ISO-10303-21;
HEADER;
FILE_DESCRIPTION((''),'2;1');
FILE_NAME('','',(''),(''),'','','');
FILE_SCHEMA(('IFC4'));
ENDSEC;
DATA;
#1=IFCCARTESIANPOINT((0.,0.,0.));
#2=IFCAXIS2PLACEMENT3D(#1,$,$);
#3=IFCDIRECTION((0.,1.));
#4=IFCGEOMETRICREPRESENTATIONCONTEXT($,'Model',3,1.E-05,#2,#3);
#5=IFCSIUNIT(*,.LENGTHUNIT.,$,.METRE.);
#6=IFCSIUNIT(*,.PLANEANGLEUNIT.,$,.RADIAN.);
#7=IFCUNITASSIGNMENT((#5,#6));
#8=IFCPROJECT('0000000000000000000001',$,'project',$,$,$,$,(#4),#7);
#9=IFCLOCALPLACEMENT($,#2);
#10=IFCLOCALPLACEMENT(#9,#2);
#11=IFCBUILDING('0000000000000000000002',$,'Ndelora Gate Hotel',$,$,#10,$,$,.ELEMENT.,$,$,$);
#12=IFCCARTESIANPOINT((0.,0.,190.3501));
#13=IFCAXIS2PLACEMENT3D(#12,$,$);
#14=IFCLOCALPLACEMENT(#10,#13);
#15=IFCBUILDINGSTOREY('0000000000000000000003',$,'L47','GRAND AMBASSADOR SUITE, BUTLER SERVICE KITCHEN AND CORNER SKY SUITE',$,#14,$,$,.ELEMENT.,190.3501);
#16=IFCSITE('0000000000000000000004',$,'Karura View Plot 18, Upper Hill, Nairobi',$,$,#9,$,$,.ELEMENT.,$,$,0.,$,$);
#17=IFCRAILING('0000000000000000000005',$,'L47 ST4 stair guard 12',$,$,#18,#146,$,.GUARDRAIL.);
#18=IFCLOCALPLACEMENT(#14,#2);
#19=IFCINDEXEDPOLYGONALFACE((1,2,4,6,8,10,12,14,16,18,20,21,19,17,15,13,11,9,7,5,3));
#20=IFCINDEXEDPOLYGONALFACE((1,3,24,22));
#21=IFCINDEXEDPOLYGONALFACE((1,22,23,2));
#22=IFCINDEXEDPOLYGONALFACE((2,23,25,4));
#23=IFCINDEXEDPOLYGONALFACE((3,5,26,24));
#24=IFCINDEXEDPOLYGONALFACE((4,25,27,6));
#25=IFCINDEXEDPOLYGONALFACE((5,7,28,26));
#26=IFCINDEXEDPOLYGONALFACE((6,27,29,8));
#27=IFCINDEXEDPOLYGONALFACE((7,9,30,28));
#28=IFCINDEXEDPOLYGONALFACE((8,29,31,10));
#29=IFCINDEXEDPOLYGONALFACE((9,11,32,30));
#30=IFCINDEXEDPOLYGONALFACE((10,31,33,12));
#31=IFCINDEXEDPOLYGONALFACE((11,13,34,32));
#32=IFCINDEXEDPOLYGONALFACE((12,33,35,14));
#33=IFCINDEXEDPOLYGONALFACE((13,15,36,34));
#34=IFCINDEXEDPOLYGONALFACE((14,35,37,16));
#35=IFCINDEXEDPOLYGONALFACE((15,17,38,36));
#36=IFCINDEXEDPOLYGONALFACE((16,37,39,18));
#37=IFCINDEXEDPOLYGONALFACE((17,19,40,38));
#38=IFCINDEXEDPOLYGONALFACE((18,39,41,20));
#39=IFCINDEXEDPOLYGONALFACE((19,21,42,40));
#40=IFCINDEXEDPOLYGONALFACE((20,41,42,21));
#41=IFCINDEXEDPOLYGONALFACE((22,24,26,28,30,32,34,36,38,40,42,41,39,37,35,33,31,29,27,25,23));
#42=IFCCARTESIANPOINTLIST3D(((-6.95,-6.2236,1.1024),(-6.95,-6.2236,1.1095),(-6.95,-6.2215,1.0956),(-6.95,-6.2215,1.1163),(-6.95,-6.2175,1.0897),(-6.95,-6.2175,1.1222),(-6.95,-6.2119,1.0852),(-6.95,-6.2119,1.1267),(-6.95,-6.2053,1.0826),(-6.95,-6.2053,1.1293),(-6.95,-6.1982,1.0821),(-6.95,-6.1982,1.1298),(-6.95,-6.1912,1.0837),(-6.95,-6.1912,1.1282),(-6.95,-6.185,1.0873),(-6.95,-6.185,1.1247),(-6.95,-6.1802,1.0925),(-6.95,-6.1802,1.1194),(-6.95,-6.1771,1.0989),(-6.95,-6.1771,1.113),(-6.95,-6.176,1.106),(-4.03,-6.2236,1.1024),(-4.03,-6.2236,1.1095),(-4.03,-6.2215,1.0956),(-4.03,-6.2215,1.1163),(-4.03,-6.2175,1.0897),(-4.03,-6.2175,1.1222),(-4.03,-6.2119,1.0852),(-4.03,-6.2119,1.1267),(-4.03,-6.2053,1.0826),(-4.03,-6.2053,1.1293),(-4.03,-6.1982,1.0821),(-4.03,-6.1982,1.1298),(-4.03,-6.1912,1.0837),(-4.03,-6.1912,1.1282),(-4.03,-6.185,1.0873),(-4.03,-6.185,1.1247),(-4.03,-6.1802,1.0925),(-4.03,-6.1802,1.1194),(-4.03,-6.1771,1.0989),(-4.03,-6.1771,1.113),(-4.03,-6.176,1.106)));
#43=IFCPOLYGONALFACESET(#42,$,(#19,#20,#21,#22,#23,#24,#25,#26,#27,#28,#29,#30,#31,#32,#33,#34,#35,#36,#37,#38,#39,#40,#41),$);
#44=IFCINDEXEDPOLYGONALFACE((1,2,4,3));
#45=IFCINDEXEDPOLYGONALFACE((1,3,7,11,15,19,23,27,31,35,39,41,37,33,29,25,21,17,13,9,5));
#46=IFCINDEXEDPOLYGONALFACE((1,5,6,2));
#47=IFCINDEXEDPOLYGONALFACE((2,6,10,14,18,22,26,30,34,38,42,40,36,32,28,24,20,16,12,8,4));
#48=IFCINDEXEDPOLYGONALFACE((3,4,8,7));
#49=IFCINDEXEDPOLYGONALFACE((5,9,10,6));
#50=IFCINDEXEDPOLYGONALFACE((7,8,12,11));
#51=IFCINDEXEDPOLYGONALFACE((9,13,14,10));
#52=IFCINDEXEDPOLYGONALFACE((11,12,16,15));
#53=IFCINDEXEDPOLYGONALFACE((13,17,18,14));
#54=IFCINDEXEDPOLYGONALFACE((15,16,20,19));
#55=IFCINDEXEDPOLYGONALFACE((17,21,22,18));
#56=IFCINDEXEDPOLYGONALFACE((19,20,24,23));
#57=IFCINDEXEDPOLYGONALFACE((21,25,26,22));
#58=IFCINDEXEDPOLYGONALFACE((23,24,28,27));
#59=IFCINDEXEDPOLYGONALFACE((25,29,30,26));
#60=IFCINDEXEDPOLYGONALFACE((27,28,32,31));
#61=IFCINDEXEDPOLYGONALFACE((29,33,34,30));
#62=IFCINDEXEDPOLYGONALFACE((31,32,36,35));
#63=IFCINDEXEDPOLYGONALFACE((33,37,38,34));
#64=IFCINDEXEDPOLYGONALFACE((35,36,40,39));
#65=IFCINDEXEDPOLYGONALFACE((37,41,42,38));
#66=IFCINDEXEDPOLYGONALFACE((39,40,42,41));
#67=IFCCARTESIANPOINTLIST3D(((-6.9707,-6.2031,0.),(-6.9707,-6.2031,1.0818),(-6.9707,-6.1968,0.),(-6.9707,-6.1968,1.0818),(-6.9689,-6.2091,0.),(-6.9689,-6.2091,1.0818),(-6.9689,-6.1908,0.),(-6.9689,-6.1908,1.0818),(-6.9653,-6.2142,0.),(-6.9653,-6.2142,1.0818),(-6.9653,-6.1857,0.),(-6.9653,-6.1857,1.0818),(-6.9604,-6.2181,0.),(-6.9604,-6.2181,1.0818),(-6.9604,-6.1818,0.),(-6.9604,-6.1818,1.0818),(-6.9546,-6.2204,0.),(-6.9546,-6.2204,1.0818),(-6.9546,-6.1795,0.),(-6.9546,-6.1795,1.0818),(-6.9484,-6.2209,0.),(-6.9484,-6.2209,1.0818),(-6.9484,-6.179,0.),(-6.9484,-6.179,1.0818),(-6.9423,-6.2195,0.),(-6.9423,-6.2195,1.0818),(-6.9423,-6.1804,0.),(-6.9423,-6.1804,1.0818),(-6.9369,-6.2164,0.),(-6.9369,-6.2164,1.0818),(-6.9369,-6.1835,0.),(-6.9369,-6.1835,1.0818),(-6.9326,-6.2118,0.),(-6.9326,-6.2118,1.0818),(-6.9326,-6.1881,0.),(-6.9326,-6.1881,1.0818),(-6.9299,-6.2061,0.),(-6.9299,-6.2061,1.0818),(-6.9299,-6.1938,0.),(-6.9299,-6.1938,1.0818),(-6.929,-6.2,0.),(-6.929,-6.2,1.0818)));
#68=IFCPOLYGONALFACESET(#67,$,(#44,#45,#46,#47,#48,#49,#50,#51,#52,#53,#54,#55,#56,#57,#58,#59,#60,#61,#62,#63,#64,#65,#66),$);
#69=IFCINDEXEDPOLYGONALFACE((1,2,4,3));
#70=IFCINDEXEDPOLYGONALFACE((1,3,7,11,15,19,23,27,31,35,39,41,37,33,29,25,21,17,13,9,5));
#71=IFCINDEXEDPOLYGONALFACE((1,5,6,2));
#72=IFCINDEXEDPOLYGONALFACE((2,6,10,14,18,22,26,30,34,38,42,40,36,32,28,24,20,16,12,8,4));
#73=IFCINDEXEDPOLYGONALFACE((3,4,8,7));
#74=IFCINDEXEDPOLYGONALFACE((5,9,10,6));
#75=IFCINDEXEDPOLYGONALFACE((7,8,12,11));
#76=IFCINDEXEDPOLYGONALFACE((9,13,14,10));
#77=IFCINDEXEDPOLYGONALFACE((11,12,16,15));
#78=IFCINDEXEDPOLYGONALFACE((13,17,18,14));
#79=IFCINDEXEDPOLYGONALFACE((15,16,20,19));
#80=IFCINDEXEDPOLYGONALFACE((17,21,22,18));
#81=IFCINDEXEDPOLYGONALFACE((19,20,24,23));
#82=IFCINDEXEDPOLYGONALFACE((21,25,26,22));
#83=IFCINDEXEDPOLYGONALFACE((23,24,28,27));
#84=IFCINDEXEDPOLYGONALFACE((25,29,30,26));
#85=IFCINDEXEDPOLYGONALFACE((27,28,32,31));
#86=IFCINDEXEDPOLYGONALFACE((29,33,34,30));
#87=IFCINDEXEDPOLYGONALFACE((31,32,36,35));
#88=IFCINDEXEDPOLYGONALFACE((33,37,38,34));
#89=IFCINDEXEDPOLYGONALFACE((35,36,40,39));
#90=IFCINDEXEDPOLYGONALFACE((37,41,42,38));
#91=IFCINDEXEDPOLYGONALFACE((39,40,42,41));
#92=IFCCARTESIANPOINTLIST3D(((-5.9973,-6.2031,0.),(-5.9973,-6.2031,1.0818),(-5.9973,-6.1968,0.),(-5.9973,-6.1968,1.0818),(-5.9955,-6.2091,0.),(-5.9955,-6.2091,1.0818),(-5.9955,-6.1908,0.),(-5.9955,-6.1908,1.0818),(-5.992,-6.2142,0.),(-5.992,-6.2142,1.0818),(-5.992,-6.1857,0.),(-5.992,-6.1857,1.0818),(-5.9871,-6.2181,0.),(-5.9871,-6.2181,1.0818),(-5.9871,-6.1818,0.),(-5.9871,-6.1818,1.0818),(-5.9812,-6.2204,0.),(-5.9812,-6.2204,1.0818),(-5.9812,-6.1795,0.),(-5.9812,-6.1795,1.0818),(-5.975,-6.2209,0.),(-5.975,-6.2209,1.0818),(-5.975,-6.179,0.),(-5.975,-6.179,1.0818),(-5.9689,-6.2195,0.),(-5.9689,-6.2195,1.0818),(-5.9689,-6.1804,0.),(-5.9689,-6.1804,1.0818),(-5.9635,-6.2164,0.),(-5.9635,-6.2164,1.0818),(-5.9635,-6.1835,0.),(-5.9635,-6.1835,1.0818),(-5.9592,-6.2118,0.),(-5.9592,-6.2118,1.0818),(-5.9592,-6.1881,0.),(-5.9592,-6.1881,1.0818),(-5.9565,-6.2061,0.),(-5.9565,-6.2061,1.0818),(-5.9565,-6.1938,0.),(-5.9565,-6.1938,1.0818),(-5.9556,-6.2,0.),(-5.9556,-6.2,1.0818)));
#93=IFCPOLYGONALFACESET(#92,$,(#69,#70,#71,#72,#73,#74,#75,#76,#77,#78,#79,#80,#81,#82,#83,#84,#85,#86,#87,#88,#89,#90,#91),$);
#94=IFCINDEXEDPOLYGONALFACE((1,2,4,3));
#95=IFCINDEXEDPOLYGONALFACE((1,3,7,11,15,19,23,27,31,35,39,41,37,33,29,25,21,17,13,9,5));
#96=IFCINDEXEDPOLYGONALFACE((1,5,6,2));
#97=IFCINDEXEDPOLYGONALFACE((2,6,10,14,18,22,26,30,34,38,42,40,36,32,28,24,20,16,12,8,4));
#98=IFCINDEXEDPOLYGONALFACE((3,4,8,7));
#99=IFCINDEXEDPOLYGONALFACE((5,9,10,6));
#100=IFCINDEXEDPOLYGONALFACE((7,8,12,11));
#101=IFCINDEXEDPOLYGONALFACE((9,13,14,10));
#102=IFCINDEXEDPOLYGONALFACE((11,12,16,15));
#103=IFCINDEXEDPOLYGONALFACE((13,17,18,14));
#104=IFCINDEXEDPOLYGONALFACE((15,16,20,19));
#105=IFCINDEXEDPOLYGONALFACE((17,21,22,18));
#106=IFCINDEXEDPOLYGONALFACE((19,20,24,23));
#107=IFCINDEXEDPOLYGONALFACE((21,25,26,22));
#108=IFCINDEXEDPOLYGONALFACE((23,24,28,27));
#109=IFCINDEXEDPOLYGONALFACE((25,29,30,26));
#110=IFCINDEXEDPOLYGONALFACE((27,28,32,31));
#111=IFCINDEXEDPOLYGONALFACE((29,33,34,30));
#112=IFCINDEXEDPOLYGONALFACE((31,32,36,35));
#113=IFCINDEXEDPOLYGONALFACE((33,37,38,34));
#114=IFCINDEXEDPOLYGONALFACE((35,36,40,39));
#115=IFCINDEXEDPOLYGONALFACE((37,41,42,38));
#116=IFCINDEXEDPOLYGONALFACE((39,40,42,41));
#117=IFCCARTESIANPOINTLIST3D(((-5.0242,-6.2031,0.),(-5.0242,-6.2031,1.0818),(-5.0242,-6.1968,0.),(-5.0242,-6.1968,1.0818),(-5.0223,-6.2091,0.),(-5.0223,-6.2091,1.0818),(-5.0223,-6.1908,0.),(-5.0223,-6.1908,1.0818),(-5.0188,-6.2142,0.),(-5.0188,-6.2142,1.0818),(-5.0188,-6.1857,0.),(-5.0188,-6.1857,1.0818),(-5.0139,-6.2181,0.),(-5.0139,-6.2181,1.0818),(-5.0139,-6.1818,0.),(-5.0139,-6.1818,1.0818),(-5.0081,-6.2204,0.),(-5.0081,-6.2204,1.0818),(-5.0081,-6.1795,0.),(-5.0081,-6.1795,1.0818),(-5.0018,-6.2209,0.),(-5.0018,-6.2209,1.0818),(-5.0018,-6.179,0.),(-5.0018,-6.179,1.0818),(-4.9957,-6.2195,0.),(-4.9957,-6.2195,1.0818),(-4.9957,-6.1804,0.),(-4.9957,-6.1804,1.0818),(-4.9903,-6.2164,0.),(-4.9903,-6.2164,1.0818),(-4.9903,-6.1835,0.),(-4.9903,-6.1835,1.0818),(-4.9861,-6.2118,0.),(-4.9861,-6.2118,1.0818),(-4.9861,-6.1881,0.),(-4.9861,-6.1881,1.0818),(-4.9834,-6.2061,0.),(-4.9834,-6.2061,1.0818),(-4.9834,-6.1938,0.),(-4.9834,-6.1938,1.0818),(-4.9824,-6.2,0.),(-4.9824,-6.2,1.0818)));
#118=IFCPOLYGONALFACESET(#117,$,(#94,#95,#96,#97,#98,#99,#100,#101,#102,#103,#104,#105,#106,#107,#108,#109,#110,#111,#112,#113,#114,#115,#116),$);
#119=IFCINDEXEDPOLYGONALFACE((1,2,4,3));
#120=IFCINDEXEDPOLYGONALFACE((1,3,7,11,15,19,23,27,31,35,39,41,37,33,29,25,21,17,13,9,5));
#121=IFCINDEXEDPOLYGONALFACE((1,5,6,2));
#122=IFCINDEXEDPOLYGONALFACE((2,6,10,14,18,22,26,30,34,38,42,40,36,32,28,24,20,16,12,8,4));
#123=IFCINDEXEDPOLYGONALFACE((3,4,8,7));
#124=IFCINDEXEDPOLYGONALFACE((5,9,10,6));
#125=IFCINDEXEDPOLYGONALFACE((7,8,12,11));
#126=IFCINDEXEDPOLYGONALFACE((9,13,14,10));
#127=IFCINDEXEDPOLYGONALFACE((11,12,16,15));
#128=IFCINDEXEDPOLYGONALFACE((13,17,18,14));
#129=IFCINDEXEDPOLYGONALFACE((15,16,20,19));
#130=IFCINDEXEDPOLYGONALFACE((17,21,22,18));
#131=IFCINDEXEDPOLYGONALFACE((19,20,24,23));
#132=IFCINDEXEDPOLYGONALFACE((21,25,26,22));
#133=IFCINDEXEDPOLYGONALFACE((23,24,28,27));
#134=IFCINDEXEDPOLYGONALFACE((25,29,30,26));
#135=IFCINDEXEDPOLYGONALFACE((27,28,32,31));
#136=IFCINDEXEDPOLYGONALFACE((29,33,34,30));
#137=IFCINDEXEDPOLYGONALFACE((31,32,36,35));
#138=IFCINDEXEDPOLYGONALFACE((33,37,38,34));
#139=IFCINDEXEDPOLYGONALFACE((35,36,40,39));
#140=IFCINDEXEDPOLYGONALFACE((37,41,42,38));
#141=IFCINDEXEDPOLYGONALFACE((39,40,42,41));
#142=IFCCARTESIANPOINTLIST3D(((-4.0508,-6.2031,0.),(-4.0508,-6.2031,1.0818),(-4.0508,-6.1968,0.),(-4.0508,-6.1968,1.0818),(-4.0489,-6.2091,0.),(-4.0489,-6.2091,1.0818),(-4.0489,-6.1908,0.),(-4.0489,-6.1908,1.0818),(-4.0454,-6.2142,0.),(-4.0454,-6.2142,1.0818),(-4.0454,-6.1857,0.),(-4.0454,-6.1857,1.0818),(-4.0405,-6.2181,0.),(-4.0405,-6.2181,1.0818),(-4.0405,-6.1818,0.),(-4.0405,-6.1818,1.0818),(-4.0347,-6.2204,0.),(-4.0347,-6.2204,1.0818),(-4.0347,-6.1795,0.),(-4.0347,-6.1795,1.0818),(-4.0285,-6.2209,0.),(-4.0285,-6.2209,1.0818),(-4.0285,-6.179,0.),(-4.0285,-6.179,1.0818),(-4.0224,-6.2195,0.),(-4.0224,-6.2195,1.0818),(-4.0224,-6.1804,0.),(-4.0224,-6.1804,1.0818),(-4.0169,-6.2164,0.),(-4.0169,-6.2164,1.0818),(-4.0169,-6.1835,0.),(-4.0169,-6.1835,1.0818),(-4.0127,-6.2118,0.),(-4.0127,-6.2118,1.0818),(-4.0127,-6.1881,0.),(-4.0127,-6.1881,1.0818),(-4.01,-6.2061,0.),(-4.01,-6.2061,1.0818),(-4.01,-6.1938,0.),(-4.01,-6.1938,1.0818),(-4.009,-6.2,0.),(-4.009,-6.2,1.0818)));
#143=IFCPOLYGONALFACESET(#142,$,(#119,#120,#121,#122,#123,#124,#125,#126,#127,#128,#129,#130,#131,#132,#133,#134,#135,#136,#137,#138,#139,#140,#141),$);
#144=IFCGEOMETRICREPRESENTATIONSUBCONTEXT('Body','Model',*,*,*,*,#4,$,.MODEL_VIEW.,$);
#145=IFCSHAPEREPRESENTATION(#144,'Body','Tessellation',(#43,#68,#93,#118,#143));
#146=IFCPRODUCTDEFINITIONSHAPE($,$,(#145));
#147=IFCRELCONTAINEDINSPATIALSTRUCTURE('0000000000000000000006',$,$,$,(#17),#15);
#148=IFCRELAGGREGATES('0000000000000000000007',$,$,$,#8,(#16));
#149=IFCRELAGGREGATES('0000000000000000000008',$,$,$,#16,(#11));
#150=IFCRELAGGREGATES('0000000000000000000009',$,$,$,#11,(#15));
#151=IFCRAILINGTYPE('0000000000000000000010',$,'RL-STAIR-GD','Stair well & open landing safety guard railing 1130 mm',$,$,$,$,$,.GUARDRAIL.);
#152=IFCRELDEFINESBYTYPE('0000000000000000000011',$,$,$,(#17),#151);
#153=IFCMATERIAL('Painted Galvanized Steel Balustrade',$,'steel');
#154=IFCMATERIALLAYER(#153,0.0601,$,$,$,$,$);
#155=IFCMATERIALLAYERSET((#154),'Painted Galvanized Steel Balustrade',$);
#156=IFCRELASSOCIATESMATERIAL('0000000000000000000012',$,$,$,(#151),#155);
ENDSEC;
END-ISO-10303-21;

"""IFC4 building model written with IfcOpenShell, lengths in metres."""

from ifc_helpers import new_model, si_unit, direction, frame, origin, origin_2d, place, context, subcontext, project, spatial, circle, extrude, material, layer, layer_set, type_object, element, save


model = new_model("IFC4")

# Units and contexts
model_context = context("Model", 3, precision=1e-05, world=origin(), true_north=direction((0.0, 1.0)))
body_context = subcontext(model_context, "Body", "Model", "MODEL_VIEW")
ifc_project = project(units=[si_unit("LENGTHUNIT", "METRE"), si_unit("PLANEANGLEUNIT", "RADIAN")], contexts=[model_context])

# Site, building, storey
site_placement = place(None, origin())
site = spatial("IfcSite", under=ifc_project, at=site_placement, Name="Karura View Plot 18, Upper Hill, Nairobi", CompositionType="ELEMENT", RefElevation=0.0)
building_placement = place(site_placement, origin())
building = spatial("IfcBuilding", under=site, at=building_placement, Name="Ndelora Gate Hotel", CompositionType="ELEMENT")
storey_placement = place(building_placement, frame((0.0, 0.0, 190.3501)))
storey = spatial("IfcBuildingStorey", under=building, at=storey_placement, Name="L47", Description="GRAND AMBASSADOR SUITE, BUTLER SERVICE KITCHEN AND CORNER SKY SUITE", CompositionType="ELEMENT", Elevation=190.3501)

# Railing
ifc_material_1 = material(Name="Painted Galvanized Steel Balustrade", Category="steel")
ifc_layer_1 = layer(ifc_material_1, 0.0601)
ifc_layer_set_1 = layer_set([ifc_layer_1], Name="Painted Galvanized Steel Balustrade")
railing_type_1 = type_object("IfcRailingType", Name="RL-STAIR-GD", Description="Stair well & open landing safety guard railing 1130 mm", PredefinedType="GUARDRAIL", material=ifc_layer_set_1)
railing_1_placement = place(storey_placement, frame((-6.95, -6.2, 0.0)))
element("IfcRailing", 1, at=railing_1_placement, inside=storey, type_object=railing_type_1, Name="L47 ST4 stair guard 12", PredefinedType="GUARDRAIL", context=body_context, shape_type="SweptSolid", body=[
    extrude(circle(Radius=0.0239, at=origin_2d()), frame((0.0, 0.0, 1.106), z_axis=(1.0, 0.0, 0.0), x_axis=(0.0, 1.0, 0.0)), (0.0, 0.0, 1.0), 2.9199),
    extrude(circle(Radius=0.021, at=origin_2d()), origin(), (0.0, 0.0, 1.0), 1.0818),
    extrude(circle(Radius=0.021, at=origin_2d()), frame((0.9734, 0.0, 0.0)), (0.0, 0.0, 1.0), 1.0818),
    extrude(circle(Radius=0.021, at=origin_2d()), frame((1.9465, 0.0, 0.0)), (0.0, 0.0, 1.0), 1.0818),
    extrude(circle(Radius=0.021, at=origin_2d()), frame((2.9199, 0.0, 0.0)), (0.0, 0.0, 1.0), 1.0818),
])

save(model, "model.ifc")
